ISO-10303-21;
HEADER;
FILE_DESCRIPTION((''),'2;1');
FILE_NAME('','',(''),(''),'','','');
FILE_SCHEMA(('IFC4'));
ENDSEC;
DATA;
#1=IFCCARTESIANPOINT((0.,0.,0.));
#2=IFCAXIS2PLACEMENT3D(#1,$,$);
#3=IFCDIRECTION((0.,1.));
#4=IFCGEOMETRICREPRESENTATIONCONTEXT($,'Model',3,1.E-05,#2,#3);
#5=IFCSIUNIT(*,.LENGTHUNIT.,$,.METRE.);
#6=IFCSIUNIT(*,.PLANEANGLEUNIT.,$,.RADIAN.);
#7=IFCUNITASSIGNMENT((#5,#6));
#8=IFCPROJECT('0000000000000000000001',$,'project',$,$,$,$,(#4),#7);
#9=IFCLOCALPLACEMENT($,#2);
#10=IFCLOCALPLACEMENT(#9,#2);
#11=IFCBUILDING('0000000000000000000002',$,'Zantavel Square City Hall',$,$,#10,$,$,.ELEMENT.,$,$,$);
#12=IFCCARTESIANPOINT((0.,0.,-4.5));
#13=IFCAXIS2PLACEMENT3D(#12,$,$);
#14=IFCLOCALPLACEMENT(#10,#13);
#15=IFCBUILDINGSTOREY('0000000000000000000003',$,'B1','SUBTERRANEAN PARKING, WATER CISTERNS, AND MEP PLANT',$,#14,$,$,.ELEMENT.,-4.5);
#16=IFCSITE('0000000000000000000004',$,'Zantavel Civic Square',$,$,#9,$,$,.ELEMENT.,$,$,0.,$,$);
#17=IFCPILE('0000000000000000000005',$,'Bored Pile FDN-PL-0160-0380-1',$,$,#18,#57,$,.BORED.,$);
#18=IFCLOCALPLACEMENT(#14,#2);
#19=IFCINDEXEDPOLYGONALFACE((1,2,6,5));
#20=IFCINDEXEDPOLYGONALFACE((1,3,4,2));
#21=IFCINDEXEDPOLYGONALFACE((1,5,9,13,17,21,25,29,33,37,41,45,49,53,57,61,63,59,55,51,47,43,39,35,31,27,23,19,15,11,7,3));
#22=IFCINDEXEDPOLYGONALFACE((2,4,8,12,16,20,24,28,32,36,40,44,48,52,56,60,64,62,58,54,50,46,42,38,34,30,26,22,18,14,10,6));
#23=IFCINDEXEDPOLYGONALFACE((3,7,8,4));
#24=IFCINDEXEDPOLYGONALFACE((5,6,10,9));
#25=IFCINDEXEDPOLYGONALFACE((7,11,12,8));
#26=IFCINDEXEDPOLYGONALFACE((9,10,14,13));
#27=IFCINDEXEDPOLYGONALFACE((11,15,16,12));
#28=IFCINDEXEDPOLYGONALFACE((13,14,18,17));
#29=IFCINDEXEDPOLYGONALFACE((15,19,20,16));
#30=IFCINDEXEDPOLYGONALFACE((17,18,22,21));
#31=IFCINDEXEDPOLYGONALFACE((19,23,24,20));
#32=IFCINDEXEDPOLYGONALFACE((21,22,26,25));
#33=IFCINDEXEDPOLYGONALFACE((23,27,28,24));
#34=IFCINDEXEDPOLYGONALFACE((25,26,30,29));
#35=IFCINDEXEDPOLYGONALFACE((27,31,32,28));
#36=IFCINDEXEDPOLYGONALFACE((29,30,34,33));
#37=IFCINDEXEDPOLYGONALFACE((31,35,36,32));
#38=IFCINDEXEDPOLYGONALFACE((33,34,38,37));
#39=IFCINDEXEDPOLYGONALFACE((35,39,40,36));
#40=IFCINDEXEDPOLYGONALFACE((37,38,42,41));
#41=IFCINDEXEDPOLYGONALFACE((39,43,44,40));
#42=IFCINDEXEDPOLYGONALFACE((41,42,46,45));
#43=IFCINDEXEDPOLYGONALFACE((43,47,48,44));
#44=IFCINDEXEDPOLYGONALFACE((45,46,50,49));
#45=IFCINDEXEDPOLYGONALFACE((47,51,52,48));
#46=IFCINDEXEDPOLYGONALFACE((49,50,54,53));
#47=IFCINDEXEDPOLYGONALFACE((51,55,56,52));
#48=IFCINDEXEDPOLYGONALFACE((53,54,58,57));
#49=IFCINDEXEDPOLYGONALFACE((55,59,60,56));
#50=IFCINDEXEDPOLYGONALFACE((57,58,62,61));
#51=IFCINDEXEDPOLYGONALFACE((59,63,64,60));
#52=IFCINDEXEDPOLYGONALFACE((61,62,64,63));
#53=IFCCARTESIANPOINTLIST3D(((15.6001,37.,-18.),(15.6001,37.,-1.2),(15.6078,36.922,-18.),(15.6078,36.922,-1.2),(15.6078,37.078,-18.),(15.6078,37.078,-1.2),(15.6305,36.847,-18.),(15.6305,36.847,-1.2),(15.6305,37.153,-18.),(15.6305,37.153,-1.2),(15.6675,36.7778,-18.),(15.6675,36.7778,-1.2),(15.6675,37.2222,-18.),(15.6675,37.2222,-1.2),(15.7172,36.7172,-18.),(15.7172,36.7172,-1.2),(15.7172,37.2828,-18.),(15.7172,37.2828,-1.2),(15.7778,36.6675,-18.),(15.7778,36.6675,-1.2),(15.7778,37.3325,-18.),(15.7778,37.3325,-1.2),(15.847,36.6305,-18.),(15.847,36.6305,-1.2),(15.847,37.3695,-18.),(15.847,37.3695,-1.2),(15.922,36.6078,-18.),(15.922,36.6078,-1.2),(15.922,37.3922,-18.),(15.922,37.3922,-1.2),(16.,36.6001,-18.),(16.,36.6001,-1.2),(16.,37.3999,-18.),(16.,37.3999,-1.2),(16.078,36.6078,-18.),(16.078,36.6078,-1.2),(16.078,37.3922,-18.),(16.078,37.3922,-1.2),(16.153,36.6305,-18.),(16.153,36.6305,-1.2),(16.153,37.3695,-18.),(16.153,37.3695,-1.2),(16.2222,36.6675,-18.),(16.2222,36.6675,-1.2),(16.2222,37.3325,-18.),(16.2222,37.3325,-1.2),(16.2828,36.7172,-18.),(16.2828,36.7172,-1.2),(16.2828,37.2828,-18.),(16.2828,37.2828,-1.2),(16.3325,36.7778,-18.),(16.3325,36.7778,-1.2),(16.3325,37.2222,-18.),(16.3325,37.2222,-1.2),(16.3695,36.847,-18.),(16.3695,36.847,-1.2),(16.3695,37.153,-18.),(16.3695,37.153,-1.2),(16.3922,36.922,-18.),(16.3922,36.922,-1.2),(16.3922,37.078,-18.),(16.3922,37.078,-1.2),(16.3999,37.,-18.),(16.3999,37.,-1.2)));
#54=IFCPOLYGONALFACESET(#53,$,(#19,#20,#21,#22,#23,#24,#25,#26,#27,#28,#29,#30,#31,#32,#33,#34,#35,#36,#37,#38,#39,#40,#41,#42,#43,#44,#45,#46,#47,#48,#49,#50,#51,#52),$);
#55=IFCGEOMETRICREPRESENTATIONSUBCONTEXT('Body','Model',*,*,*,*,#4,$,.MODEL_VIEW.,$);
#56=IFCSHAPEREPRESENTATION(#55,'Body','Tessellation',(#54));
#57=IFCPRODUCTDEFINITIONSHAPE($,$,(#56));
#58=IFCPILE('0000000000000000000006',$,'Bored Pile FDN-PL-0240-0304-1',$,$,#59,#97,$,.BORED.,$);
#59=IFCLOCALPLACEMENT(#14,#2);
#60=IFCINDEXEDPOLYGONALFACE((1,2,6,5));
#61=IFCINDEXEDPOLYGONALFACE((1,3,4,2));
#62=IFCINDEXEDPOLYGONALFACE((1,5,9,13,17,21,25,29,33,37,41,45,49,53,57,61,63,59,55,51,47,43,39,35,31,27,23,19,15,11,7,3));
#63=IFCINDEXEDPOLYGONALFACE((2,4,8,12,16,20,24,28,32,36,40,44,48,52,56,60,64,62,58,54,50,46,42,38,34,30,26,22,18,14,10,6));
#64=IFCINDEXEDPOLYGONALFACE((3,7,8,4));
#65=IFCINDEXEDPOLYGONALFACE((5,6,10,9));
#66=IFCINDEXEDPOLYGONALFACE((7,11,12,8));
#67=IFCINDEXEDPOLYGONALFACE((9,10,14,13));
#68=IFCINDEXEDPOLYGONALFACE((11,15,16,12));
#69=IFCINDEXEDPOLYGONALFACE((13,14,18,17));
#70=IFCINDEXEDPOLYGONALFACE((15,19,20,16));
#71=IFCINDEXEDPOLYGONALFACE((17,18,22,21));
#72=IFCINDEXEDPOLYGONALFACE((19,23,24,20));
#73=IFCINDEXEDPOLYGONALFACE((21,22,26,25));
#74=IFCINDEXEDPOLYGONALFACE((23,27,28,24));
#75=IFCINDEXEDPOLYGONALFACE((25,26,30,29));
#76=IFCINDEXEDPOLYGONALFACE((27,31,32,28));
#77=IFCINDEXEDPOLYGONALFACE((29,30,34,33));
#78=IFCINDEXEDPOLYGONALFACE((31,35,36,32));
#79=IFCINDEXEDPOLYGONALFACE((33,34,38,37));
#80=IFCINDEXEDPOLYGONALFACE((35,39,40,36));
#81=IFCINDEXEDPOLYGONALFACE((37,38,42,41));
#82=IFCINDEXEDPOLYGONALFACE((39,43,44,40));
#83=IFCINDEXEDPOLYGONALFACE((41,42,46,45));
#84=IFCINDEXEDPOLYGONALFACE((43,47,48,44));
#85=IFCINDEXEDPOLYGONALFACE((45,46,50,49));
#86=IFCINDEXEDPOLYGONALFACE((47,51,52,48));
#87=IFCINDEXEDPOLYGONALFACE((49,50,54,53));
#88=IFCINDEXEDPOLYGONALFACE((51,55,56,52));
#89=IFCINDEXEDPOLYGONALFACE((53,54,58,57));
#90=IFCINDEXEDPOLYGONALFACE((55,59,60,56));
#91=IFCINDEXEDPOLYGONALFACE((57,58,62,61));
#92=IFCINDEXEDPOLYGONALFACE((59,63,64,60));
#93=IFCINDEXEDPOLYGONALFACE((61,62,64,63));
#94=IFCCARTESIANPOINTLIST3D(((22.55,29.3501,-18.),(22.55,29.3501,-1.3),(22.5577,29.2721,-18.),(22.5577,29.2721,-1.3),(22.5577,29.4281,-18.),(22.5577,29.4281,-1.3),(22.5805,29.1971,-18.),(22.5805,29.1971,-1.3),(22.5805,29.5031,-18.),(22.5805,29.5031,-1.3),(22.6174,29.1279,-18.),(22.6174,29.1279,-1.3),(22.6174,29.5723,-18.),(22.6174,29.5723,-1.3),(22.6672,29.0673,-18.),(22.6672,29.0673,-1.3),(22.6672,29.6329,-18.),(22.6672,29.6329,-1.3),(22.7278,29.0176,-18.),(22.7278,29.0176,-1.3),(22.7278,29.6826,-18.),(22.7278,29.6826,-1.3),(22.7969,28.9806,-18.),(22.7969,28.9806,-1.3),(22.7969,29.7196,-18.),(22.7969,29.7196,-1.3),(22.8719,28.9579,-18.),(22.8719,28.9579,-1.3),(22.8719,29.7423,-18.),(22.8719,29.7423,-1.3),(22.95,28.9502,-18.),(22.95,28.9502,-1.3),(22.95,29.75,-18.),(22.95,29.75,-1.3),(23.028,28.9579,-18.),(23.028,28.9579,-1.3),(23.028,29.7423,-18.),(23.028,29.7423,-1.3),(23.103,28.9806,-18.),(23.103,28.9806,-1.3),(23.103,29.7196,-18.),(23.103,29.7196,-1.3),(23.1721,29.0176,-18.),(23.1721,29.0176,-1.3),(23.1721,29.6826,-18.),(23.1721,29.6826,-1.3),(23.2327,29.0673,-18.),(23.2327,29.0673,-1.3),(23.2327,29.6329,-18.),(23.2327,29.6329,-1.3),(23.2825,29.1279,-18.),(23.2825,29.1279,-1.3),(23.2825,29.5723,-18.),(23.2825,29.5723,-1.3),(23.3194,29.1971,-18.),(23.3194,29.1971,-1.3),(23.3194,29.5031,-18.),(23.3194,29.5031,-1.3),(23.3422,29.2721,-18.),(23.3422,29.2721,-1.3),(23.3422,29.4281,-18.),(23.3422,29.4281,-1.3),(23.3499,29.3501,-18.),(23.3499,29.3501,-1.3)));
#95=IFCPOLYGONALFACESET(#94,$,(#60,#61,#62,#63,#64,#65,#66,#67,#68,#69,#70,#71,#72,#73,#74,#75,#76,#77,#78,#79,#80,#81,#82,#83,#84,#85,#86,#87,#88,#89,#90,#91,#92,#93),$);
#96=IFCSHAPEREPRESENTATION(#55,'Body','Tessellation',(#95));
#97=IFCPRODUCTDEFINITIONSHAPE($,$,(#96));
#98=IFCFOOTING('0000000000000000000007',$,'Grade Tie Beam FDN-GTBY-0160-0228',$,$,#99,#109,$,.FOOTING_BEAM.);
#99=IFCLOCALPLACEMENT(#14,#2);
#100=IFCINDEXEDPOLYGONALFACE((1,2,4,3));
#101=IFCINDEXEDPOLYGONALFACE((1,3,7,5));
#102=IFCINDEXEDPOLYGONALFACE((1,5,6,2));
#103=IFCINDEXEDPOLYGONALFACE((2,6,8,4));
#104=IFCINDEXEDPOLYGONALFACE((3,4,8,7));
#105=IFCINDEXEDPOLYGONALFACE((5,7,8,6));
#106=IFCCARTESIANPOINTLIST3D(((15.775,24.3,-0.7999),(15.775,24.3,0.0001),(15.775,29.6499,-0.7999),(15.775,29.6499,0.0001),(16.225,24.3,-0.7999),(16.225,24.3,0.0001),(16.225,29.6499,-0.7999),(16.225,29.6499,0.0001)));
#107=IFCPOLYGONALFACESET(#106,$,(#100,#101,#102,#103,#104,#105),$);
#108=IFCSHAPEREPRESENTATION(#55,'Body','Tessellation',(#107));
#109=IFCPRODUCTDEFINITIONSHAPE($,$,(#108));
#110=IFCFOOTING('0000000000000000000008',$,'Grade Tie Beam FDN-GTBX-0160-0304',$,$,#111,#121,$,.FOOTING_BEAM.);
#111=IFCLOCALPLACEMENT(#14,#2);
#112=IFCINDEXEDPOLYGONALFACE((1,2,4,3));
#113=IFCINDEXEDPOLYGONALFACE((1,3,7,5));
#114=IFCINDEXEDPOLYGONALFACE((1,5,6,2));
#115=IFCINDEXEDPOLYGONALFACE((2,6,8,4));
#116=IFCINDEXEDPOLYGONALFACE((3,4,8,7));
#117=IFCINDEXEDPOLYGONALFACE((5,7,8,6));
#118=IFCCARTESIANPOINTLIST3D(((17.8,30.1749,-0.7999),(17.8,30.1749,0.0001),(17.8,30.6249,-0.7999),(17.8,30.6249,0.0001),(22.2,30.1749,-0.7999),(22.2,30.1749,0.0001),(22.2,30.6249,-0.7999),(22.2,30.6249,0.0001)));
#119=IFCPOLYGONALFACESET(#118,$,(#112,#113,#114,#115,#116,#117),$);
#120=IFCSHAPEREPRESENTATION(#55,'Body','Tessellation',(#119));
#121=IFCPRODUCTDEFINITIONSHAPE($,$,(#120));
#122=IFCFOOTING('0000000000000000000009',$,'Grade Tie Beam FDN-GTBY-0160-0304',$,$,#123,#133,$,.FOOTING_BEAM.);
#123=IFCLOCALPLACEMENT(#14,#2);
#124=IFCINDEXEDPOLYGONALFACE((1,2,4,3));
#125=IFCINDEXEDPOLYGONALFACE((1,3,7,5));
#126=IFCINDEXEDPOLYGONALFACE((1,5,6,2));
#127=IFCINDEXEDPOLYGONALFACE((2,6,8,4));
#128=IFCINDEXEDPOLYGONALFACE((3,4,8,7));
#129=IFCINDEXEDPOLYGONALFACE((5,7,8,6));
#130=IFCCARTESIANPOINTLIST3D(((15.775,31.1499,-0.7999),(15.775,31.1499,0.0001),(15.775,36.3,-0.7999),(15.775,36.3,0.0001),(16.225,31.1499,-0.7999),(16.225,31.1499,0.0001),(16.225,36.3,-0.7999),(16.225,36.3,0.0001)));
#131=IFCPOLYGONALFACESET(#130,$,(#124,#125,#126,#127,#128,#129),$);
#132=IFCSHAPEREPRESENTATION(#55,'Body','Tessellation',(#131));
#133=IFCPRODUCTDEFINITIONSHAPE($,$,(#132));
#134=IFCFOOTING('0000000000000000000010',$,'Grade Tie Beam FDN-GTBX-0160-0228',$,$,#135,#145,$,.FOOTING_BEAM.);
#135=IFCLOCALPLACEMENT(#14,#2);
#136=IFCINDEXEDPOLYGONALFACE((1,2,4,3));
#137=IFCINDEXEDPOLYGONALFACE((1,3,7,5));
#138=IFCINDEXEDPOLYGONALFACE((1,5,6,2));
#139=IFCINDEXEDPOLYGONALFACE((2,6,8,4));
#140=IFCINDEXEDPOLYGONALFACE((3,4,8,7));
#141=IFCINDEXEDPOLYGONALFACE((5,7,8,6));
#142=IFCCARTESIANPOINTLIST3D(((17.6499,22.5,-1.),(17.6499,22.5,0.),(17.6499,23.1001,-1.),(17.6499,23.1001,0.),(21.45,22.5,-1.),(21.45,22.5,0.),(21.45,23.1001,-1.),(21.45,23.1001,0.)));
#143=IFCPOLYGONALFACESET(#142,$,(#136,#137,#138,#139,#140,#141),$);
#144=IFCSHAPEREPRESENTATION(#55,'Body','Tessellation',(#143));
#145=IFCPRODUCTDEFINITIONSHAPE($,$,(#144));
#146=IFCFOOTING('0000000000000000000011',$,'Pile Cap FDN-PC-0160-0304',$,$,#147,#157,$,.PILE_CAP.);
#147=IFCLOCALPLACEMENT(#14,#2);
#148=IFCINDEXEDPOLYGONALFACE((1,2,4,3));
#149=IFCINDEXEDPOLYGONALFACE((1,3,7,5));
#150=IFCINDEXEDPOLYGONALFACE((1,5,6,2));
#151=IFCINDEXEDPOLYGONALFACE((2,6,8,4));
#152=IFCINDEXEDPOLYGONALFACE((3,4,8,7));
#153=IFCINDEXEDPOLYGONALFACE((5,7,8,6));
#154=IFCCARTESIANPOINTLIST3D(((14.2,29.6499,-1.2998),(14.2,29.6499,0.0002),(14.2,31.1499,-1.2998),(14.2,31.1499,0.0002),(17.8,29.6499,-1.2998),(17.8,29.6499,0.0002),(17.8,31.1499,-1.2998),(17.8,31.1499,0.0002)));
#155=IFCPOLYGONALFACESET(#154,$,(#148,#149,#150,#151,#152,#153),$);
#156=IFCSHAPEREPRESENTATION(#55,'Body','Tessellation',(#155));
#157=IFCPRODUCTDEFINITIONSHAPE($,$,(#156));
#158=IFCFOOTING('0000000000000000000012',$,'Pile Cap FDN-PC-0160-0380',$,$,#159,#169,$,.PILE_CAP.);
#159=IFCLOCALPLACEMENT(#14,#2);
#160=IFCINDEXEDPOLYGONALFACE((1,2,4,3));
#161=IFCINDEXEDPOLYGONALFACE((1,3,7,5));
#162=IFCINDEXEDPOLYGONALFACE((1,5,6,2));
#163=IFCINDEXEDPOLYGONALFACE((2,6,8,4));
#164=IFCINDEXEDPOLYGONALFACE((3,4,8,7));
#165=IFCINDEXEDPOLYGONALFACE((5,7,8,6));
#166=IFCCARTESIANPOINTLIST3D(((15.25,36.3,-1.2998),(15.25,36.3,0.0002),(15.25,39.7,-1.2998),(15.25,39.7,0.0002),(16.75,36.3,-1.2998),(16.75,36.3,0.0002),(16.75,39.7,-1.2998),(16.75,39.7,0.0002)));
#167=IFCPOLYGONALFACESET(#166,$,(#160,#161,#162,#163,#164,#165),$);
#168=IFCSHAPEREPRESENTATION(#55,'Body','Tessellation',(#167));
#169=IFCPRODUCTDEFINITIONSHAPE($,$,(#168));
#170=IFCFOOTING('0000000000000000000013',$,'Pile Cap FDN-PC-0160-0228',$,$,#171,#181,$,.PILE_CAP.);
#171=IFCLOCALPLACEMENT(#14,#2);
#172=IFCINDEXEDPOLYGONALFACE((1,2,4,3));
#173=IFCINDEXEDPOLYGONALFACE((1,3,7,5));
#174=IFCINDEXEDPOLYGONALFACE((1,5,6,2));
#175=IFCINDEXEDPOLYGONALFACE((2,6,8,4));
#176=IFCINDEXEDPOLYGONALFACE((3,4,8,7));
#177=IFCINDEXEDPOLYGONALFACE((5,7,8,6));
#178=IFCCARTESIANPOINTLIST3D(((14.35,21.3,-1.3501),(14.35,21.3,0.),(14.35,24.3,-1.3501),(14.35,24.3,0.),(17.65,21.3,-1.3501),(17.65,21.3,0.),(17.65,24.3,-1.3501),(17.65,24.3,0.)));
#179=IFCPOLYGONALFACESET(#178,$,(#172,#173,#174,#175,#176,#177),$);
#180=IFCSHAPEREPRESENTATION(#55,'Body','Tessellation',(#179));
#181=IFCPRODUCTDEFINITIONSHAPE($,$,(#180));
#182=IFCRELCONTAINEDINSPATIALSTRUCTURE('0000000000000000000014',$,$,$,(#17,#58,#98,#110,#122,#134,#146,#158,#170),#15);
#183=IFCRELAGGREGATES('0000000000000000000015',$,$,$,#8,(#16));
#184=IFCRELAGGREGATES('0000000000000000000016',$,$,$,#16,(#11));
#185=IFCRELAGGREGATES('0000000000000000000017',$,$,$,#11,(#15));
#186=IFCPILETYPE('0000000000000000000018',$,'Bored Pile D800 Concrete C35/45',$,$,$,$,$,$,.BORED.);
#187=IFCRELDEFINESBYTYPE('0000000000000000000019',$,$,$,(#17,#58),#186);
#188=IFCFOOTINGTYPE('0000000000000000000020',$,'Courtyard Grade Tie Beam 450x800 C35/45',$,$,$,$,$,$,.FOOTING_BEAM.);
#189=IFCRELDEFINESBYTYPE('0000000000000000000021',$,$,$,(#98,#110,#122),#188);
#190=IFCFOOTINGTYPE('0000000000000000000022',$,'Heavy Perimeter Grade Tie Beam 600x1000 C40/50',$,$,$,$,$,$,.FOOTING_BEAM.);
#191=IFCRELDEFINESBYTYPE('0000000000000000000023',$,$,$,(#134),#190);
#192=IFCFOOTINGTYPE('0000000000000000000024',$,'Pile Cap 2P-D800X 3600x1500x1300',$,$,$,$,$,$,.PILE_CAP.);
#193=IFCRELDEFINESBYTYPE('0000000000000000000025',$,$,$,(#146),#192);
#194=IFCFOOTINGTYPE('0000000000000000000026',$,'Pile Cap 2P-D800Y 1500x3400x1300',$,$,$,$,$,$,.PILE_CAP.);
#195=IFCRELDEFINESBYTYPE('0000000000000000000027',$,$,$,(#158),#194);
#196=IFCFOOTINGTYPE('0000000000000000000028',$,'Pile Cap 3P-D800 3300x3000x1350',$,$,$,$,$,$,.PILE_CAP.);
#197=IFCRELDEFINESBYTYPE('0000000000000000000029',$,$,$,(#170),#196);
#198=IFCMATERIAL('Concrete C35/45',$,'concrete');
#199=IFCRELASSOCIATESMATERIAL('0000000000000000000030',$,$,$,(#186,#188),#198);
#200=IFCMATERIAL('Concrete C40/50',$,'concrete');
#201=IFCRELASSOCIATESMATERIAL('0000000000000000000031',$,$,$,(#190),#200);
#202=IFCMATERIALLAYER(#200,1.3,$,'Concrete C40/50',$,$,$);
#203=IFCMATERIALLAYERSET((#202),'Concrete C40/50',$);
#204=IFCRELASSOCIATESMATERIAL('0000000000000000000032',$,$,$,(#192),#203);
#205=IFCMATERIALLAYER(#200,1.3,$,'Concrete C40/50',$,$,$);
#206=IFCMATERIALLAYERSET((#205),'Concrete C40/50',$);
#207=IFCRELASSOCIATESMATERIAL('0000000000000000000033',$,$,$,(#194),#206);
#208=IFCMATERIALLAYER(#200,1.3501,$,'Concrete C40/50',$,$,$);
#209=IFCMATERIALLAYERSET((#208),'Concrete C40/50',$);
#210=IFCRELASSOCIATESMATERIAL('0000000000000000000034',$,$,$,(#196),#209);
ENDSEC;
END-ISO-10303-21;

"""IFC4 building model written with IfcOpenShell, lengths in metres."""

from ifc_helpers import new_model, si_unit, direction, frame, origin, origin_2d, place, context, subcontext, project, spatial, rectangle, circle, extrude, material, layer, layer_set, material_profile, profile_set, type_object, element, save


model = new_model("IFC4")

# Units and contexts
model_context = context("Model", 3, precision=1e-05, world=origin(), true_north=direction((0.0, 1.0)))
body_context = subcontext(model_context, "Body", "Model", "MODEL_VIEW")
ifc_project = project(units=[si_unit("LENGTHUNIT", "METRE"), si_unit("PLANEANGLEUNIT", "RADIAN")], contexts=[model_context])

# Site, building, storey
site_placement = place(None, origin())
site = spatial("IfcSite", under=ifc_project, at=site_placement, Name="Zantavel Civic Square", CompositionType="ELEMENT", RefElevation=0.0)
building_placement = place(site_placement, origin())
building = spatial("IfcBuilding", under=site, at=building_placement, Name="Zantavel Square City Hall", CompositionType="ELEMENT")
storey_placement = place(building_placement, frame((0.0, 0.0, -4.5)))
storey = spatial("IfcBuildingStorey", under=building, at=storey_placement, Name="B1", Description="SUBTERRANEAN PARKING, WATER CISTERNS, AND MEP PLANT", CompositionType="ELEMENT", Elevation=-4.5)

# Piles
ifc_material_1 = material(Name="Concrete C35/45", Category="concrete")
ifc_material_profile_1 = material_profile(ifc_material_1, circle(Radius=0.3999, at=origin_2d()), Name="PILE D800")
ifc_profile_set_1 = profile_set([ifc_material_profile_1], Name="Concrete C35/45")
pile_type_1 = type_object("IfcPileType", Name="Bored Pile D800 Concrete C35/45", PredefinedType="BORED", material=ifc_profile_set_1)
for number, where, z_axis, x_axis, name in (
    (1, (16.0, 37.0, -1.2), (0.0, 0.0, -1.0), (1.0, 0.0, 0.0), "Bored Pile FDN-PL-0160-0380-1"),
):
    element("IfcPile", number, at=place(storey_placement, frame(where, z_axis=z_axis, x_axis=x_axis)), inside=storey, type_object=pile_type_1, Name=name, PredefinedType="BORED", context=body_context, shape_type="SweptSolid", body=[
        extrude(circle(Radius=0.3999, at=origin_2d()), origin(), (0.0, 0.0, 1.0), 16.8),
    ])
pile_1_placement = place(storey_placement, frame((22.95, 29.3501, -1.3), z_axis=(0.0, 0.0, -1.0), x_axis=(1.0, 0.0, 0.0)))
element("IfcPile", 2, at=pile_1_placement, inside=storey, type_object=pile_type_1, Name="Bored Pile FDN-PL-0240-0304-1", PredefinedType="BORED", context=body_context, shape_type="SweptSolid", body=[
    extrude(circle(Radius=0.3999, at=origin_2d()), origin(), (0.0, 0.0, 1.0), 16.7),
])

# Footings
ifc_material_profile_2 = material_profile(ifc_material_1, rectangle(XDim=0.45, YDim=0.8, at=origin_2d()), Name="RC 450x800")
ifc_profile_set_2 = profile_set([ifc_material_profile_2], Name="Concrete C35/45")
footing_type_1 = type_object("IfcFootingType", Name="Courtyard Grade Tie Beam 450x800 C35/45", PredefinedType="FOOTING_BEAM", material=ifc_profile_set_2)
footing_1_placement = place(storey_placement, frame((16.0, 24.3, -0.3999), z_axis=(0.0, 1.0, 0.0), x_axis=(-1.0, 0.0, 0.0)))
element("IfcFooting", 3, at=footing_1_placement, inside=storey, type_object=footing_type_1, Name="Grade Tie Beam FDN-GTBY-0160-0228", PredefinedType="FOOTING_BEAM", context=body_context, shape_type="SweptSolid", body=[
    extrude(rectangle(XDim=0.45, YDim=0.8, at=origin_2d()), origin(), (0.0, 0.0, 1.0), 5.3499),
])
footing_2_placement = place(storey_placement, frame((17.8, 30.3999, -0.3999), z_axis=(1.0, 0.0, 0.0), x_axis=(0.0, 1.0, 0.0)))
element("IfcFooting", 4, at=footing_2_placement, inside=storey, type_object=footing_type_1, Name="Grade Tie Beam FDN-GTBX-0160-0304", PredefinedType="FOOTING_BEAM", context=body_context, shape_type="SweptSolid", body=[
    extrude(rectangle(XDim=0.45, YDim=0.8, at=origin_2d()), origin(), (0.0, 0.0, 1.0), 4.3999),
])
footing_3_placement = place(storey_placement, frame((16.0, 31.1499, -0.3999), z_axis=(0.0, 1.0, 0.0), x_axis=(-1.0, 0.0, 0.0)))
element("IfcFooting", 5, at=footing_3_placement, inside=storey, type_object=footing_type_1, Name="Grade Tie Beam FDN-GTBY-0160-0304", PredefinedType="FOOTING_BEAM", context=body_context, shape_type="SweptSolid", body=[
    extrude(rectangle(XDim=0.45, YDim=0.8, at=origin_2d()), origin(), (0.0, 0.0, 1.0), 5.1501),
])
ifc_material_2 = material(Name="Concrete C40/50", Category="concrete")
ifc_material_profile_3 = material_profile(ifc_material_2, rectangle(XDim=0.6001, YDim=1.0, at=origin_2d()), Name="RC 600x1000")
ifc_profile_set_3 = profile_set([ifc_material_profile_3], Name="Concrete C40/50")
footing_type_2 = type_object("IfcFootingType", Name="Heavy Perimeter Grade Tie Beam 600x1000 C40/50", PredefinedType="FOOTING_BEAM", material=ifc_profile_set_3)
footing_4_placement = place(storey_placement, frame((17.6499, 22.8, -0.5), z_axis=(1.0, 0.0, 0.0), x_axis=(0.0, 1.0, 0.0)))
element("IfcFooting", 6, at=footing_4_placement, inside=storey, type_object=footing_type_2, Name="Grade Tie Beam FDN-GTBX-0160-0228", PredefinedType="FOOTING_BEAM", context=body_context, shape_type="SweptSolid", body=[
    extrude(rectangle(XDim=0.6001, YDim=1.0, at=origin_2d()), origin(), (0.0, 0.0, 1.0), 3.8),
])
ifc_layer_1 = layer(ifc_material_2, 1.3, Name="Concrete C40/50")
ifc_layer_set_1 = layer_set([ifc_layer_1], Name="Concrete C40/50")
footing_type_3 = type_object("IfcFootingType", Name="Pile Cap 2P-D800X 3600x1500x1300", PredefinedType="PILE_CAP", material=ifc_layer_set_1)
footing_5_placement = place(storey_placement, frame((16.0, 30.3999, -1.2998), z_axis=(0.0, 0.0, 1.0), x_axis=(1.0, 0.0, 0.0)))
element("IfcFooting", 7, at=footing_5_placement, inside=storey, type_object=footing_type_3, Name="Pile Cap FDN-PC-0160-0304", PredefinedType="PILE_CAP", context=body_context, shape_type="SweptSolid", body=[
    extrude(rectangle(XDim=3.6001, YDim=1.5, at=origin_2d()), origin(), (0.0, 0.0, 1.0), 1.3),
])
ifc_layer_2 = layer(ifc_material_2, 1.3, Name="Concrete C40/50")
ifc_layer_set_2 = layer_set([ifc_layer_2], Name="Concrete C40/50")
footing_type_4 = type_object("IfcFootingType", Name="Pile Cap 2P-D800Y 1500x3400x1300", PredefinedType="PILE_CAP", material=ifc_layer_set_2)
footing_6_placement = place(storey_placement, frame((16.0, 38.0, -1.2998), z_axis=(0.0, 0.0, 1.0), x_axis=(1.0, 0.0, 0.0)))
element("IfcFooting", 8, at=footing_6_placement, inside=storey, type_object=footing_type_4, Name="Pile Cap FDN-PC-0160-0380", PredefinedType="PILE_CAP", context=body_context, shape_type="SweptSolid", body=[
    extrude(rectangle(XDim=1.5, YDim=3.3999, at=origin_2d()), origin(), (0.0, 0.0, 1.0), 1.3),
])
ifc_layer_3 = layer(ifc_material_2, 1.3501, Name="Concrete C40/50")
ifc_layer_set_3 = layer_set([ifc_layer_3], Name="Concrete C40/50")
footing_type_5 = type_object("IfcFootingType", Name="Pile Cap 3P-D800 3300x3000x1350", PredefinedType="PILE_CAP", material=ifc_layer_set_3)
footing_7_placement = place(storey_placement, frame((16.0, 22.8, -1.3501), z_axis=(0.0, 0.0, 1.0), x_axis=(1.0, 0.0, 0.0)))
element("IfcFooting", 9, at=footing_7_placement, inside=storey, type_object=footing_type_5, Name="Pile Cap FDN-PC-0160-0228", PredefinedType="PILE_CAP", context=body_context, shape_type="SweptSolid", body=[
    extrude(rectangle(XDim=3.3, YDim=3.0, at=origin_2d()), origin(), (0.0, 0.0, 1.0), 1.3501),
])

save(model, "model.ifc")
